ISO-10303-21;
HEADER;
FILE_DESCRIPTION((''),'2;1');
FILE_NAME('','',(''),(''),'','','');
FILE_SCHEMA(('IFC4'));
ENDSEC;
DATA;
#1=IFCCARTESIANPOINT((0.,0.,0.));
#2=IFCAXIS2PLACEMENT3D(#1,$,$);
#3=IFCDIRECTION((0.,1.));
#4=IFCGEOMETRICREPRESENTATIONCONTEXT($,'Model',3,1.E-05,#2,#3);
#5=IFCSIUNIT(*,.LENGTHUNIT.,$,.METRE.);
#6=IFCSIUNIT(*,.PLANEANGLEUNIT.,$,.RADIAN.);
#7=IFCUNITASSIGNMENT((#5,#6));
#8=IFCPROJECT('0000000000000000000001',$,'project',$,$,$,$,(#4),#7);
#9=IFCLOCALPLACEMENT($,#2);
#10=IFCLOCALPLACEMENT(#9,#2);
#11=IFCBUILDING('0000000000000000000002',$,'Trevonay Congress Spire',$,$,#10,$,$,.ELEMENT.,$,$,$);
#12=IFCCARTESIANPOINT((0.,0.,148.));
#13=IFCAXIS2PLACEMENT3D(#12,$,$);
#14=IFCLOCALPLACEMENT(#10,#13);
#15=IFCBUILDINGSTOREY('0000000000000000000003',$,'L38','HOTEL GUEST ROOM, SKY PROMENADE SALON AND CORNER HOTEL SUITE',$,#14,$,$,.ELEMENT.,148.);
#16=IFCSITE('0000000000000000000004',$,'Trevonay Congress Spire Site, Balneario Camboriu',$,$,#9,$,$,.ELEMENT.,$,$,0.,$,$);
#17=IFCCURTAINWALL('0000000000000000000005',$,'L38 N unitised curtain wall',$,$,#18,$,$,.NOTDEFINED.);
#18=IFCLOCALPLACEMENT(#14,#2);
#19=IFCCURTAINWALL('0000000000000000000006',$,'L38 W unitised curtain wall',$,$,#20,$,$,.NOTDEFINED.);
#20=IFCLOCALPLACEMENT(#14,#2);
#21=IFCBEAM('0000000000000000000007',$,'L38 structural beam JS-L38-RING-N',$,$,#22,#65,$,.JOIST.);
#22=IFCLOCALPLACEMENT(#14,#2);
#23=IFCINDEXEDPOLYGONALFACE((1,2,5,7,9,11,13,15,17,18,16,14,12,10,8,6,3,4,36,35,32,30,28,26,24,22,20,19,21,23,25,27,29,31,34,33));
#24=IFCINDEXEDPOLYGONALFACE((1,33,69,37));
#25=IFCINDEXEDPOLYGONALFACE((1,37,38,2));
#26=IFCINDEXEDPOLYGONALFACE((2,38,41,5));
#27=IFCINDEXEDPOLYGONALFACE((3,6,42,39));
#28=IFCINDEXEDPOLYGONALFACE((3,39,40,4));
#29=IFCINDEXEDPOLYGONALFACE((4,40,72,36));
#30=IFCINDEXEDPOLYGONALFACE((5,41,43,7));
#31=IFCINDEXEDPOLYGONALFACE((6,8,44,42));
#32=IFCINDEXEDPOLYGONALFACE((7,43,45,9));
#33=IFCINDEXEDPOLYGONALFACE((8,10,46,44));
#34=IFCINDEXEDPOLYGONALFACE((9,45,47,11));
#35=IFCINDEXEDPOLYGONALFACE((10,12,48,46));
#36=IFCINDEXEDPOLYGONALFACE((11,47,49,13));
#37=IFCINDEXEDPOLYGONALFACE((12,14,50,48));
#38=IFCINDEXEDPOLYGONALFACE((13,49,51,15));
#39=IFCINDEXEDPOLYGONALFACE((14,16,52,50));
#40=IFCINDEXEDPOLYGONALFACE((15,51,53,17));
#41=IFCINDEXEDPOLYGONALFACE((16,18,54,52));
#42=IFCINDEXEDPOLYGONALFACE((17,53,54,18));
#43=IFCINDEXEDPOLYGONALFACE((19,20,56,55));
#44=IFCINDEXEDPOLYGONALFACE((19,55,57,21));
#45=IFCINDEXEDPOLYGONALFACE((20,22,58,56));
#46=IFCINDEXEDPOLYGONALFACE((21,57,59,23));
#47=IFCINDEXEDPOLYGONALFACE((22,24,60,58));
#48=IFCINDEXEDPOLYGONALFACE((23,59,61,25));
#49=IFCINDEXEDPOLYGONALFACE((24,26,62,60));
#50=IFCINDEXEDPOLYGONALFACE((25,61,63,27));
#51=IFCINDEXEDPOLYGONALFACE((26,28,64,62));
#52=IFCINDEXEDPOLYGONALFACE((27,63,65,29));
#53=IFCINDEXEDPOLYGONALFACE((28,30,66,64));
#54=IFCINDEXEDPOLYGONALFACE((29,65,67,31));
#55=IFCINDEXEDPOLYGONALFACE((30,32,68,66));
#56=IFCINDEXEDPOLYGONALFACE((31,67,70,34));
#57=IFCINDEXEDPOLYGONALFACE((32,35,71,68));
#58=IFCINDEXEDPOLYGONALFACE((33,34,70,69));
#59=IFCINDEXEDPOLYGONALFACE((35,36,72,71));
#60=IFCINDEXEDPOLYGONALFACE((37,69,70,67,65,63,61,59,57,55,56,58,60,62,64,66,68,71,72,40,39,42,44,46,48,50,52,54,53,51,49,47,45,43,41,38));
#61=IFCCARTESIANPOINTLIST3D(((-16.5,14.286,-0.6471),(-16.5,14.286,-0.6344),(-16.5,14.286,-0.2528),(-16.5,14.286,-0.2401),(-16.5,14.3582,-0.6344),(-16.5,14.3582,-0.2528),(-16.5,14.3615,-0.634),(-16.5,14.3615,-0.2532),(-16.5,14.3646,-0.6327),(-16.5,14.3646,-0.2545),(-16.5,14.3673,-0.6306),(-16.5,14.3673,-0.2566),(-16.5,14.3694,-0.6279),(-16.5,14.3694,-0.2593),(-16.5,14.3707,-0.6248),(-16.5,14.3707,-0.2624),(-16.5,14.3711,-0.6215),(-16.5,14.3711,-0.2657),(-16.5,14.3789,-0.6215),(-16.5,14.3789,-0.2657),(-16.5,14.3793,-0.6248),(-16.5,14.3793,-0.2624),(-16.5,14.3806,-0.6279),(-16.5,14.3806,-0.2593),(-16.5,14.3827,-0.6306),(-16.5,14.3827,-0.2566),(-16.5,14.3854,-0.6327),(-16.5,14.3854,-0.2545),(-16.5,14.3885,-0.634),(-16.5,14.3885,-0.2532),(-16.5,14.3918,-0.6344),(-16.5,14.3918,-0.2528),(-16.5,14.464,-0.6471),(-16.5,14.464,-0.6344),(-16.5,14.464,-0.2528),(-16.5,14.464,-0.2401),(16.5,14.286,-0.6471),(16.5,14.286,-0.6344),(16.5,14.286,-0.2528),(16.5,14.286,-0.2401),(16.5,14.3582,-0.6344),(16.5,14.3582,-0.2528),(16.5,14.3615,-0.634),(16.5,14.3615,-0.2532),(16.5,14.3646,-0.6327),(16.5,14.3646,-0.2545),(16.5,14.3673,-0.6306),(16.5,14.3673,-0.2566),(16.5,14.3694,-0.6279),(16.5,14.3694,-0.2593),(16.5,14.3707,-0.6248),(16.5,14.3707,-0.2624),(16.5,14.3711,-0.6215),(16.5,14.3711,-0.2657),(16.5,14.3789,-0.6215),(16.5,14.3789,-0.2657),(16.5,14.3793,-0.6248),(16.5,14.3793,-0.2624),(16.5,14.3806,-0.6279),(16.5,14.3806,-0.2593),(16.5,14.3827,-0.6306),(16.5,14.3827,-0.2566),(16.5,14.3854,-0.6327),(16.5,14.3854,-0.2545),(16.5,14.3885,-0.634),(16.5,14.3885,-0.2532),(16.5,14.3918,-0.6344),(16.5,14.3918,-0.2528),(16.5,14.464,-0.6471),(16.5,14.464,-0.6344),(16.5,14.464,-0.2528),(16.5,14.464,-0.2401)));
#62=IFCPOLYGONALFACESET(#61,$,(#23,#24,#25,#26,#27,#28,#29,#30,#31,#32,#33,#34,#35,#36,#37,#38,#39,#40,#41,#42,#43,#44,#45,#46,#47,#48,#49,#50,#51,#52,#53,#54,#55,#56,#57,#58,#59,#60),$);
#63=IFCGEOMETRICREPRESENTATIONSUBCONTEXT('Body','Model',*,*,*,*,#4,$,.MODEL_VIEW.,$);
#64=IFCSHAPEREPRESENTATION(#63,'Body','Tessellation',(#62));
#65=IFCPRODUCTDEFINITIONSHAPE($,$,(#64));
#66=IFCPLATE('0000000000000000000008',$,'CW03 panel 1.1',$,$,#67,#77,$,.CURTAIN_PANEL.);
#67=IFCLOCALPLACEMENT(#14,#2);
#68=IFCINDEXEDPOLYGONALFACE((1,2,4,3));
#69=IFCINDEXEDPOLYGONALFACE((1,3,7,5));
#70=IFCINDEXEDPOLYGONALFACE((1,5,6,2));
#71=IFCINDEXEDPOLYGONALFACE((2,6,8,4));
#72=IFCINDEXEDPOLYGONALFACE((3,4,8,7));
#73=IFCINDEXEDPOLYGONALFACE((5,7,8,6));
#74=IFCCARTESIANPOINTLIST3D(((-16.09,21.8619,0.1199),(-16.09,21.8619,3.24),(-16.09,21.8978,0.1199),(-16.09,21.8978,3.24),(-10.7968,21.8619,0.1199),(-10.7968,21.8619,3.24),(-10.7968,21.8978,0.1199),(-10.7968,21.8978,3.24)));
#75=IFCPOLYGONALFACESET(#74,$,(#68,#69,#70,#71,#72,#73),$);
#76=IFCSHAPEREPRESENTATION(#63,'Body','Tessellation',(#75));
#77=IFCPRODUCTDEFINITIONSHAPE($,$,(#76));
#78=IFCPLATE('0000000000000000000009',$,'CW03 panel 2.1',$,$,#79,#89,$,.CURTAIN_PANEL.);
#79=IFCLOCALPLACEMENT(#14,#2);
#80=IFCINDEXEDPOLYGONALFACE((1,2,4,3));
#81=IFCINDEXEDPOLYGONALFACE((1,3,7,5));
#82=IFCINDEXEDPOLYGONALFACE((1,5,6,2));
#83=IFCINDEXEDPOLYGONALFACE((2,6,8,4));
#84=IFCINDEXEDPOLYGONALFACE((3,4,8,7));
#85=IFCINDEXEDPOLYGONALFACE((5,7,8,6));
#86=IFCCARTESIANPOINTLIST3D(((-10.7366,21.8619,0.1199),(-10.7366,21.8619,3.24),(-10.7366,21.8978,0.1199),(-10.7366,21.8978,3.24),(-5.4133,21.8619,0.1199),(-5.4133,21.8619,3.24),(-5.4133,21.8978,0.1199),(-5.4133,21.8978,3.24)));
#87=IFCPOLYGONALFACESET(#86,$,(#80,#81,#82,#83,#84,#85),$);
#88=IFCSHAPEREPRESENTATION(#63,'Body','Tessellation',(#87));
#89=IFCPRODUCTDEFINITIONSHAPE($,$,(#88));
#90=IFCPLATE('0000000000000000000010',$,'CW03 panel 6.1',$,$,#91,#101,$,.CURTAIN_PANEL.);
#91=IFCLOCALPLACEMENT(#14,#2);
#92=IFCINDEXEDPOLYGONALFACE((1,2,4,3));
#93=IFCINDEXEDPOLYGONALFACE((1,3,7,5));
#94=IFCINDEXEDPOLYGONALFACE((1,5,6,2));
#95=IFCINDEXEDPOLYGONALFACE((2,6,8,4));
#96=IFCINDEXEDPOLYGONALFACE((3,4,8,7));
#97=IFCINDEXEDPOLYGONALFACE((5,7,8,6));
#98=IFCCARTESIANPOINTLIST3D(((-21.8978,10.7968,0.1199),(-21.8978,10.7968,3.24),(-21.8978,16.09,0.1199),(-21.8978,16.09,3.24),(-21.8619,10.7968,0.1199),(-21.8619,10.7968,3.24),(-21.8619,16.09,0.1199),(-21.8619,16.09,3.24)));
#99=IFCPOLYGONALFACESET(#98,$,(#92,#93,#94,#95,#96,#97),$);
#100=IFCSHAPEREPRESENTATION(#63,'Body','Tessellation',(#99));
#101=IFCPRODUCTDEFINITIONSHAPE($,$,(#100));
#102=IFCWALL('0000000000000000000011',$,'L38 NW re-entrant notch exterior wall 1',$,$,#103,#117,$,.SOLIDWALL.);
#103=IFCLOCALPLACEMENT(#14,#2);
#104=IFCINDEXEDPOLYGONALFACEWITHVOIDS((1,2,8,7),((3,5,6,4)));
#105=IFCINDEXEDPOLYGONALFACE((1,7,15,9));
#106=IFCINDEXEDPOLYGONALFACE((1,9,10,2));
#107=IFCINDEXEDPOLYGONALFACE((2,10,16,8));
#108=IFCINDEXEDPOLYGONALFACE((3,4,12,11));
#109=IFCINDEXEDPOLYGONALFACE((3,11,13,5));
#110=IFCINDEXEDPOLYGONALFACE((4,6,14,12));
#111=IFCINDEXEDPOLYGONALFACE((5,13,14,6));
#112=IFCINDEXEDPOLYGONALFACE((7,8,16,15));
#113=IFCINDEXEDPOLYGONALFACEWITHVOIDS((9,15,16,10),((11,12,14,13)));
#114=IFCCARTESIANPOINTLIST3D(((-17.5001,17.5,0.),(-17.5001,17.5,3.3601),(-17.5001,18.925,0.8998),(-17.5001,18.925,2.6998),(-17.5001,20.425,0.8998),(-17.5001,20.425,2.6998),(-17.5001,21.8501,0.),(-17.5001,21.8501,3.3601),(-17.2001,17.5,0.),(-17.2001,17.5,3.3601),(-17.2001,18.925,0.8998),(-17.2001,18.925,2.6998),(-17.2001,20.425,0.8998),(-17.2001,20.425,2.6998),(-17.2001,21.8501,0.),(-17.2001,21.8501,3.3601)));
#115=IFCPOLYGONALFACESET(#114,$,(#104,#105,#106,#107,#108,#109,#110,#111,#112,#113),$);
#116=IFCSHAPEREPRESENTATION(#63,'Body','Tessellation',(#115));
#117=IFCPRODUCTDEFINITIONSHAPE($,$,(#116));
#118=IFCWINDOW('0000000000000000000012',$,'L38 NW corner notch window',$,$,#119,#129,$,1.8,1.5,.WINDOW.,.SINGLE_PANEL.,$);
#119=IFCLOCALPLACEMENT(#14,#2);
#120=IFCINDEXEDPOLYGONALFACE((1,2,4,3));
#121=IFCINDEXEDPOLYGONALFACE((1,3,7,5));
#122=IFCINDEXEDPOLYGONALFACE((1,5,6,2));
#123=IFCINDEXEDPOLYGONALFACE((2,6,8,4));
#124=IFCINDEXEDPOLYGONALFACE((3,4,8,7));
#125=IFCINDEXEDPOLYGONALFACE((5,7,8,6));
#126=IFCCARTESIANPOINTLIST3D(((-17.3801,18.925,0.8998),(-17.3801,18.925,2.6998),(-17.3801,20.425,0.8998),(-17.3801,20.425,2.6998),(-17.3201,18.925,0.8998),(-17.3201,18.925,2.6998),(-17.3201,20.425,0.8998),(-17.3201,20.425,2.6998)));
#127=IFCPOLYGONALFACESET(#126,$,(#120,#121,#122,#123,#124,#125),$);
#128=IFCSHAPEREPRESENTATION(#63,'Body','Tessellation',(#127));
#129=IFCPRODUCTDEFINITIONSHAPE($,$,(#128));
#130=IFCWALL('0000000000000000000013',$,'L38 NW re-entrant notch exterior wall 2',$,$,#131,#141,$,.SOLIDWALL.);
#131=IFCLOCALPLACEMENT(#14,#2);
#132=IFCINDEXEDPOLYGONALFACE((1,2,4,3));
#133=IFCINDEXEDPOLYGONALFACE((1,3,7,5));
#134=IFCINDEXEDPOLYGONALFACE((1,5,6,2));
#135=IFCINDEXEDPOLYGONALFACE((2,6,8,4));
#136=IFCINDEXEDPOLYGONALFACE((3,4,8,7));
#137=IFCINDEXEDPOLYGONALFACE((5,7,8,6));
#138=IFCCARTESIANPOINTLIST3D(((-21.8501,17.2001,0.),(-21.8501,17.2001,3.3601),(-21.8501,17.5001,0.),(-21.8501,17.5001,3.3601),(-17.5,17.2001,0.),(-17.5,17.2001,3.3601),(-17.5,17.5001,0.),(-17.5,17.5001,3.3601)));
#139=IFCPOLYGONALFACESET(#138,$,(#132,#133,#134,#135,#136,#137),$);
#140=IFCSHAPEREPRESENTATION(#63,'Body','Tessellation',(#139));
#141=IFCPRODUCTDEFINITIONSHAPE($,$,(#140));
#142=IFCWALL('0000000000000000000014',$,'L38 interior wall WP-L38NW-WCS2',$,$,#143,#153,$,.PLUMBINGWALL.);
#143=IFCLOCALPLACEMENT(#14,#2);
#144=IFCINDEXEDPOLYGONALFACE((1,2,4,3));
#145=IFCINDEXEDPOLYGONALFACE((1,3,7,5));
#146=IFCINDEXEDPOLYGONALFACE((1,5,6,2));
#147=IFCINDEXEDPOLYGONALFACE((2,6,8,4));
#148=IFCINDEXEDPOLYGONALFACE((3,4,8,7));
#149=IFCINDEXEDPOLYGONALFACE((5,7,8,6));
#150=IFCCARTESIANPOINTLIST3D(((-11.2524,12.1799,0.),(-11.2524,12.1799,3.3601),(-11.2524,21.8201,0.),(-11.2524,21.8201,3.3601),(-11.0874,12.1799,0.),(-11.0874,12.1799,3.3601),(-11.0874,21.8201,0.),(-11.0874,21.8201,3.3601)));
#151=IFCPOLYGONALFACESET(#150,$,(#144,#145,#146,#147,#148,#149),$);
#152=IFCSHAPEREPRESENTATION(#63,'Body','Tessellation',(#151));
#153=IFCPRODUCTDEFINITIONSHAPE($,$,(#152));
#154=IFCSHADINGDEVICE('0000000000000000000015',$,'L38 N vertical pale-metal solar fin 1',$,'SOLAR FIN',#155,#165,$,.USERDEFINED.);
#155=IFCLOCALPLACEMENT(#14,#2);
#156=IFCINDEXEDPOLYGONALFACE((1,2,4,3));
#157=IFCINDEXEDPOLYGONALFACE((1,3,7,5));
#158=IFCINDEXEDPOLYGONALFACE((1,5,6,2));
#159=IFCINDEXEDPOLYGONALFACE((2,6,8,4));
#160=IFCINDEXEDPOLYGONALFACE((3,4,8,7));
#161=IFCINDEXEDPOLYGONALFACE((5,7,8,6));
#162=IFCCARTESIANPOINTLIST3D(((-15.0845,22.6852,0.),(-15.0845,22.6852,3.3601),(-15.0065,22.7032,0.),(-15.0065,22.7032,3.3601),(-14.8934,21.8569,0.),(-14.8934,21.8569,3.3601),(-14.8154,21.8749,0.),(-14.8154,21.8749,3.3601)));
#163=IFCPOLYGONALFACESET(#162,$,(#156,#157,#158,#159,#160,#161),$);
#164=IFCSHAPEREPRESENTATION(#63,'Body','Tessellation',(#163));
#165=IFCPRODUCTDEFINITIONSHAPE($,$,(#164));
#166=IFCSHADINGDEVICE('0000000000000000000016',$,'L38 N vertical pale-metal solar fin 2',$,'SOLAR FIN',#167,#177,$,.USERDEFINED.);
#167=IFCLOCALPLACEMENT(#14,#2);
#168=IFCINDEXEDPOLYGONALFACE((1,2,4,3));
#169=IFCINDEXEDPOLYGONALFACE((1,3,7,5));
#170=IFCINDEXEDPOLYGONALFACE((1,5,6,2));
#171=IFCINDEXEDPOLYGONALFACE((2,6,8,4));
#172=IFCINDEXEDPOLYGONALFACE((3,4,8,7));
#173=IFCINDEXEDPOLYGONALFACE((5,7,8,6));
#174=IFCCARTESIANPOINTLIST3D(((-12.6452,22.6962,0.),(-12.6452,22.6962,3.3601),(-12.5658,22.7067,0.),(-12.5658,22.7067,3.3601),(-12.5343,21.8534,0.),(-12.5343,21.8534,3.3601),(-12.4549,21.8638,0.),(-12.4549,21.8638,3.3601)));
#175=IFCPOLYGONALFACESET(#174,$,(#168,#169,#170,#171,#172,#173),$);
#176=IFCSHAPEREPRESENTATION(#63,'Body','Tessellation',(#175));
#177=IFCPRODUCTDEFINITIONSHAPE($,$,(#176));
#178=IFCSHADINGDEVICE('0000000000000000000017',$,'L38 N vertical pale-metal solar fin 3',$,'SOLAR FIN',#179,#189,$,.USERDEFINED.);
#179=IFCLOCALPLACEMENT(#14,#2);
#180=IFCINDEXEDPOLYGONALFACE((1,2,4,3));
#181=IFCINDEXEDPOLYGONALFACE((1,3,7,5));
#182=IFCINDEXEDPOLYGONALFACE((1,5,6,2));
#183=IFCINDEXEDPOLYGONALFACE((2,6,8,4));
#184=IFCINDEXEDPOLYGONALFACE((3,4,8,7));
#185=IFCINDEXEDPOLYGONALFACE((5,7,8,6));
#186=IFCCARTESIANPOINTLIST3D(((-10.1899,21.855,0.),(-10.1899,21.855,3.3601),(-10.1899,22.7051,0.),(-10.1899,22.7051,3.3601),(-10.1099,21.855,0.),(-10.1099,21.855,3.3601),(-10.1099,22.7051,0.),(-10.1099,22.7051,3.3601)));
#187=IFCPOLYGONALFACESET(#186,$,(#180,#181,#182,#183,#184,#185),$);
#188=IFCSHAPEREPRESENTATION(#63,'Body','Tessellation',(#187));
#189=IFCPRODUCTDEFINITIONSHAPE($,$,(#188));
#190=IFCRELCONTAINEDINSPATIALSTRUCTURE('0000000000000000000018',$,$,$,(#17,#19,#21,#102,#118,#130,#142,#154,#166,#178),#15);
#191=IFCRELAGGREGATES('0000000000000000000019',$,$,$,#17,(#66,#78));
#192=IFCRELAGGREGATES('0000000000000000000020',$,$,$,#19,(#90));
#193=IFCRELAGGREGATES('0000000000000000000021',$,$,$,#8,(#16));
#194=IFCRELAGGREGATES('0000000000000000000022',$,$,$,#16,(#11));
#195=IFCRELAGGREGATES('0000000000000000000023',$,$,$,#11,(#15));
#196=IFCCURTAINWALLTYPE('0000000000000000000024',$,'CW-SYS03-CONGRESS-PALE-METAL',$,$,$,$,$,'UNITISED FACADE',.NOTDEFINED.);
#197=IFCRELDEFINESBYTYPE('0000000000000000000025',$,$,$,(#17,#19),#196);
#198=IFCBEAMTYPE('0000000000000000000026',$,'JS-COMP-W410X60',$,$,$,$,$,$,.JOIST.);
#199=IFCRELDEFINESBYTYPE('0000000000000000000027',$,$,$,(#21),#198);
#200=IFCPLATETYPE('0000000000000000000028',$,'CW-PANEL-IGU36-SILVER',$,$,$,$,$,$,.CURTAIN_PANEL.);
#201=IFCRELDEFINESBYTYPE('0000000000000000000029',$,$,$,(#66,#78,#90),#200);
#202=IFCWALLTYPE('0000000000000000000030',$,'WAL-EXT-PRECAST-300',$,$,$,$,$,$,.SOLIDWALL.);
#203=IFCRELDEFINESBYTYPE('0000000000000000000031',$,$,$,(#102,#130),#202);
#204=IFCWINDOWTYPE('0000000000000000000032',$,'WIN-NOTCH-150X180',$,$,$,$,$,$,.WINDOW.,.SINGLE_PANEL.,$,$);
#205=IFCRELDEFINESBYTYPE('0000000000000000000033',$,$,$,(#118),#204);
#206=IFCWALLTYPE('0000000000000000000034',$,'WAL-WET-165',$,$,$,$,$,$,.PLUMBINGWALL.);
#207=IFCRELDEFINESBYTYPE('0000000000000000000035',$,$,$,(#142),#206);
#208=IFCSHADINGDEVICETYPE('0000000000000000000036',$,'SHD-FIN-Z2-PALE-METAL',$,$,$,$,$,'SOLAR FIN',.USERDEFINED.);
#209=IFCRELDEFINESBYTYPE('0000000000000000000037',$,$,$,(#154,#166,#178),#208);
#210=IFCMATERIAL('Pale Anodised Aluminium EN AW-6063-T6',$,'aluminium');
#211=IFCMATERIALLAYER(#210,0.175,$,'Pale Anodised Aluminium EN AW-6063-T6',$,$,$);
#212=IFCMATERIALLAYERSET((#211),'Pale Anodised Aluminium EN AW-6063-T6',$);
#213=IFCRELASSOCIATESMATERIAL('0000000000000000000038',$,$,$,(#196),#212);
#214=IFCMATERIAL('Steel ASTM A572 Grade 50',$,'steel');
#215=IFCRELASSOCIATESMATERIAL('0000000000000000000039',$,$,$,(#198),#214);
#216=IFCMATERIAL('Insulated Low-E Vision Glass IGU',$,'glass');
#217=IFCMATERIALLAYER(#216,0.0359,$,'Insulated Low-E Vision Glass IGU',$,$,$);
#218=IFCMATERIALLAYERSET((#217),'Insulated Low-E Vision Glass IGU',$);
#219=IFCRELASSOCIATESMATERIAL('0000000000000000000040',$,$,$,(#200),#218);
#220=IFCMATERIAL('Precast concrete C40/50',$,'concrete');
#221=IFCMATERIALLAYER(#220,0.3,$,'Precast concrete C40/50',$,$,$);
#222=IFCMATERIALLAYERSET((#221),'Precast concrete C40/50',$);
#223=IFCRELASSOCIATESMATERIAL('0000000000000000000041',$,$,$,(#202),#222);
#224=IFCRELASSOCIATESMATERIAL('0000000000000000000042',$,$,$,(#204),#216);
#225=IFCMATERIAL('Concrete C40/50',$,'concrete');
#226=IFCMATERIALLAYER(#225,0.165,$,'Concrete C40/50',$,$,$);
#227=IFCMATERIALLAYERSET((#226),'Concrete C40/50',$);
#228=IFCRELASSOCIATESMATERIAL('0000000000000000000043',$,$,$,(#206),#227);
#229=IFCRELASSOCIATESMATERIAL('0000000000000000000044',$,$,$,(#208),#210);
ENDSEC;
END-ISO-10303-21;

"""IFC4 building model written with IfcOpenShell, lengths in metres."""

from ifc_helpers import new_model, si_unit, direction, frame, frame_2d, origin, origin_2d, place, context, subcontext, project, spatial, rectangle, i_section, extrude, material, layer, layer_set, material_profile, profile_set, type_object, element, fill, aggregate, save


model = new_model("IFC4")

# Units and contexts
model_context = context("Model", 3, precision=1e-05, world=origin(), true_north=direction((0.0, 1.0)))
body_context = subcontext(model_context, "Body", "Model", "MODEL_VIEW")
ifc_project = project(units=[si_unit("LENGTHUNIT", "METRE"), si_unit("PLANEANGLEUNIT", "RADIAN")], contexts=[model_context])

# Site, building, storey
site_placement = place(None, origin())
site = spatial("IfcSite", under=ifc_project, at=site_placement, Name="Trevonay Congress Spire Site, Balneario Camboriu", CompositionType="ELEMENT", RefElevation=0.0)
building_placement = place(site_placement, origin())
building = spatial("IfcBuilding", under=site, at=building_placement, Name="Trevonay Congress Spire", CompositionType="ELEMENT")
storey_placement = place(building_placement, frame((0.0, 0.0, 148.0)))
storey = spatial("IfcBuildingStorey", under=building, at=storey_placement, Name="L38", Description="HOTEL GUEST ROOM, SKY PROMENADE SALON AND CORNER HOTEL SUITE", CompositionType="ELEMENT", Elevation=148.0)

# Shared definitions
ifc_material_1 = material(Name="Steel ASTM A572 Grade 50", Category="steel")

# Curtain wall
ifc_material_2 = material(Name="Pale Anodised Aluminium EN AW-6063-T6", Category="aluminium")
ifc_layer_1 = layer(ifc_material_2, 0.175, Name="Pale Anodised Aluminium EN AW-6063-T6")
ifc_layer_set_1 = layer_set([ifc_layer_1], Name="Pale Anodised Aluminium EN AW-6063-T6")
curtain_wall_type = type_object("IfcCurtainWallType", Name="CW-SYS03-CONGRESS-PALE-METAL", ElementType="UNITISED FACADE", PredefinedType="NOTDEFINED", material=ifc_layer_set_1)
curtain_wall_1_placement = place(storey_placement, origin())
curtain_wall_1 = element("IfcCurtainWall", 1, at=curtain_wall_1_placement, inside=storey, type_object=curtain_wall_type, Name="L38 N unitised curtain wall", PredefinedType="NOTDEFINED")

# Curtain wall
curtain_wall_2_placement = place(storey_placement, origin())
curtain_wall_2 = element("IfcCurtainWall", 2, at=curtain_wall_2_placement, inside=storey, type_object=curtain_wall_type, Name="L38 W unitised curtain wall", PredefinedType="NOTDEFINED")

# Beam
ifc_material_profile_1 = material_profile(ifc_material_1, i_section(OverallWidth=0.178, OverallDepth=0.407, WebThickness=0.0078, FlangeThickness=0.0127, FilletRadius=0.0129, at=origin_2d()), Name="W410x60")
ifc_profile_set_1 = profile_set([ifc_material_profile_1], Name="Steel ASTM A572 Grade 50")
beam_type_1 = type_object("IfcBeamType", Name="JS-COMP-W410X60", PredefinedType="JOIST", material=ifc_profile_set_1)
beam_placement = place(storey_placement, frame((-16.5, 14.375, -0.4436), z_axis=(1.0, 0.0, 0.0), x_axis=(0.0, 1.0, 0.0)))
element("IfcBeam", 3, at=beam_placement, inside=storey, type_object=beam_type_1, Name="L38 structural beam JS-L38-RING-N", PredefinedType="JOIST", context=body_context, shape_type="SweptSolid", body=[
    extrude(i_section(OverallWidth=0.178, OverallDepth=0.407, WebThickness=0.0078, FlangeThickness=0.0127, FilletRadius=0.0129, at=origin_2d()), origin(), (0.0, 0.0, 1.0), 33.0),
])

# Plates
ifc_material_3 = material(Name="Insulated Low-E Vision Glass IGU", Category="glass")
ifc_layer_2 = layer(ifc_material_3, 0.0359, Name="Insulated Low-E Vision Glass IGU")
ifc_layer_set_2 = layer_set([ifc_layer_2], Name="Insulated Low-E Vision Glass IGU")
plate_type = type_object("IfcPlateType", Name="CW-PANEL-IGU36-SILVER", PredefinedType="CURTAIN_PANEL", material=ifc_layer_set_2)
plate_1_placement = place(storey_placement, frame((-13.4434, 21.8799, 0.1199), z_axis=(0.0, 0.0, 1.0), x_axis=(1.0, 0.0, 0.0)))
plate_1 = element("IfcPlate", 4, at=plate_1_placement, type_object=plate_type, Name="CW03 panel 1.1", PredefinedType="CURTAIN_PANEL", context=body_context, shape_type="SweptSolid", body=[
    extrude(rectangle(XDim=5.2932, YDim=0.0359, at=origin_2d()), origin(), (0.0, 0.0, 1.0), 3.1201),
])
plate_2_placement = place(storey_placement, frame((-8.075, 21.8799, 0.1199), z_axis=(0.0, 0.0, 1.0), x_axis=(1.0, 0.0, 0.0)))
plate_2 = element("IfcPlate", 5, at=plate_2_placement, type_object=plate_type, Name="CW03 panel 2.1", PredefinedType="CURTAIN_PANEL", context=body_context, shape_type="SweptSolid", body=[
    extrude(rectangle(XDim=5.3232, YDim=0.0359, at=origin_2d()), origin(), (0.0, 0.0, 1.0), 3.1201),
])
aggregate(curtain_wall_1, [plate_1, plate_2])
plate_3_placement = place(storey_placement, frame((-21.8799, 13.4434, 0.1199), z_axis=(0.0, 0.0, 1.0), x_axis=(0.0, 1.0, 0.0)))
plate_3 = element("IfcPlate", 6, at=plate_3_placement, type_object=plate_type, Name="CW03 panel 6.1", PredefinedType="CURTAIN_PANEL", context=body_context, shape_type="SweptSolid", body=[
    extrude(rectangle(XDim=5.2932, YDim=0.0359, at=origin_2d()), origin(), (0.0, 0.0, 1.0), 3.1201),
])
aggregate(curtain_wall_2, [plate_3])

# Wall, opening, window
ifc_material_4 = material(Name="Precast concrete C40/50", Category="concrete")
ifc_layer_3 = layer(ifc_material_4, 0.3, Name="Precast concrete C40/50")
ifc_layer_set_3 = layer_set([ifc_layer_3], Name="Precast concrete C40/50")
wall_type_1 = type_object("IfcWallType", Name="WAL-EXT-PRECAST-300", PredefinedType="SOLIDWALL", material=ifc_layer_set_3)
wall_1_placement = place(storey_placement, frame((-17.3501, 21.8501, 0.0), z_axis=(0.0, 0.0, 1.0), x_axis=(0.0, -1.0, 0.0)))
wall_1 = element("IfcWall", 7, at=wall_1_placement, inside=storey, type_object=wall_type_1, Name="L38 NW re-entrant notch exterior wall 1", PredefinedType="SOLIDWALL", context=body_context, shape_type="SweptSolid", body=[
    extrude(rectangle(XDim=4.3501, YDim=0.3, at=frame_2d((2.175, 0.0))), origin(), (0.0, 0.0, 1.0), 3.3601),
])
opening_placement = place(wall_1_placement, frame((1.425, 0.0, 0.8999)))
opening = element("IfcOpeningElement", 8, at=opening_placement, cuts=wall_1, PredefinedType="OPENING", context=body_context, shape_type="SweptSolid", body=[
    extrude(rectangle(XDim=1.5, YDim=1.8, at=frame_2d((0.75, 0.8999))), frame((0.0, 0.1602, 0.0), z_axis=(0.0, -1.0, 0.0), x_axis=(1.0, 0.0, 0.0)), (0.0, 0.0, 1.0), 0.3201),
])
window_type = type_object("IfcWindowType", Name="WIN-NOTCH-150X180", PartitioningType="SINGLE_PANEL", PredefinedType="WINDOW", material=ifc_material_3)
window_placement = place(opening_placement, origin())
window = element("IfcWindow", 9, at=window_placement, inside=storey, type_object=window_type, Name="L38 NW corner notch window", OverallHeight=1.8, OverallWidth=1.5, PartitioningType="SINGLE_PANEL", PredefinedType="WINDOW", context=body_context, shape_type="SweptSolid", body=[
    extrude(rectangle(XDim=1.5, YDim=1.8, at=frame_2d((0.75, 0.8999))), frame((0.0, 0.03, 0.0), z_axis=(0.0, -1.0, 0.0), x_axis=(1.0, 0.0, 0.0)), (0.0, 0.0, 1.0), 0.0601),
])
fill(opening, window)

# Walls
wall_2_placement = place(storey_placement, frame((-21.8501, 17.3501, 0.0), z_axis=(0.0, 0.0, 1.0), x_axis=(1.0, 0.0, 0.0)))
element("IfcWall", 10, at=wall_2_placement, inside=storey, type_object=wall_type_1, Name="L38 NW re-entrant notch exterior wall 2", PredefinedType="SOLIDWALL", context=body_context, shape_type="SweptSolid", body=[
    extrude(rectangle(XDim=4.3501, YDim=0.3, at=frame_2d((2.175, 0.0))), origin(), (0.0, 0.0, 1.0), 3.3601),
])
ifc_material_5 = material(Name="Concrete C40/50", Category="concrete")
ifc_layer_4 = layer(ifc_material_5, 0.165, Name="Concrete C40/50")
ifc_layer_set_4 = layer_set([ifc_layer_4], Name="Concrete C40/50")
wall_type_2 = type_object("IfcWallType", Name="WAL-WET-165", PredefinedType="PLUMBINGWALL", material=ifc_layer_set_4)
wall_3_placement = place(storey_placement, frame((-11.1699, 12.1799, 0.0), z_axis=(0.0, 0.0, 1.0), x_axis=(0.0, 1.0, 0.0)))
element("IfcWall", 11, at=wall_3_placement, inside=storey, type_object=wall_type_2, Name="L38 interior wall WP-L38NW-WCS2", PredefinedType="PLUMBINGWALL", context=body_context, shape_type="SweptSolid", body=[
    extrude(rectangle(XDim=9.6401, YDim=0.165, at=frame_2d((4.8201, 0.0))), origin(), (0.0, 0.0, 1.0), 3.3601),
])

# Shading devices
shading_device_type = type_object("IfcShadingDeviceType", Name="SHD-FIN-Z2-PALE-METAL", ElementType="SOLAR FIN", PredefinedType="USERDEFINED", material=ifc_material_2)
for number, where, z_axis, x_axis, name in (
    (12, (-14.95, 22.28, 0.0), (0.0, 0.0, 1.0), (0.974409, 0.224781, 0.0), "L38 N vertical pale-metal solar fin 1"),
    (13, (-12.55, 22.28, 0.0), (0.0, 0.0, 1.0), (0.991445, 0.130526, 0.0), "L38 N vertical pale-metal solar fin 2"),
    (14, (-10.1499, 22.28, 0.0), (0.0, 0.0, 1.0), (1.0, 0.0, 0.0), "L38 N vertical pale-metal solar fin 3"),
):
    element("IfcShadingDevice", number, at=place(storey_placement, frame(where, z_axis=z_axis, x_axis=x_axis)), inside=storey, type_object=shading_device_type, Name=name, ObjectType="SOLAR FIN", PredefinedType="USERDEFINED", context=body_context, shape_type="SweptSolid", body=[
        extrude(rectangle(XDim=0.0801, YDim=0.8501, at=origin_2d()), origin(), (0.0, 0.0, 1.0), 3.3601),
    ])

save(model, "model.ifc")
